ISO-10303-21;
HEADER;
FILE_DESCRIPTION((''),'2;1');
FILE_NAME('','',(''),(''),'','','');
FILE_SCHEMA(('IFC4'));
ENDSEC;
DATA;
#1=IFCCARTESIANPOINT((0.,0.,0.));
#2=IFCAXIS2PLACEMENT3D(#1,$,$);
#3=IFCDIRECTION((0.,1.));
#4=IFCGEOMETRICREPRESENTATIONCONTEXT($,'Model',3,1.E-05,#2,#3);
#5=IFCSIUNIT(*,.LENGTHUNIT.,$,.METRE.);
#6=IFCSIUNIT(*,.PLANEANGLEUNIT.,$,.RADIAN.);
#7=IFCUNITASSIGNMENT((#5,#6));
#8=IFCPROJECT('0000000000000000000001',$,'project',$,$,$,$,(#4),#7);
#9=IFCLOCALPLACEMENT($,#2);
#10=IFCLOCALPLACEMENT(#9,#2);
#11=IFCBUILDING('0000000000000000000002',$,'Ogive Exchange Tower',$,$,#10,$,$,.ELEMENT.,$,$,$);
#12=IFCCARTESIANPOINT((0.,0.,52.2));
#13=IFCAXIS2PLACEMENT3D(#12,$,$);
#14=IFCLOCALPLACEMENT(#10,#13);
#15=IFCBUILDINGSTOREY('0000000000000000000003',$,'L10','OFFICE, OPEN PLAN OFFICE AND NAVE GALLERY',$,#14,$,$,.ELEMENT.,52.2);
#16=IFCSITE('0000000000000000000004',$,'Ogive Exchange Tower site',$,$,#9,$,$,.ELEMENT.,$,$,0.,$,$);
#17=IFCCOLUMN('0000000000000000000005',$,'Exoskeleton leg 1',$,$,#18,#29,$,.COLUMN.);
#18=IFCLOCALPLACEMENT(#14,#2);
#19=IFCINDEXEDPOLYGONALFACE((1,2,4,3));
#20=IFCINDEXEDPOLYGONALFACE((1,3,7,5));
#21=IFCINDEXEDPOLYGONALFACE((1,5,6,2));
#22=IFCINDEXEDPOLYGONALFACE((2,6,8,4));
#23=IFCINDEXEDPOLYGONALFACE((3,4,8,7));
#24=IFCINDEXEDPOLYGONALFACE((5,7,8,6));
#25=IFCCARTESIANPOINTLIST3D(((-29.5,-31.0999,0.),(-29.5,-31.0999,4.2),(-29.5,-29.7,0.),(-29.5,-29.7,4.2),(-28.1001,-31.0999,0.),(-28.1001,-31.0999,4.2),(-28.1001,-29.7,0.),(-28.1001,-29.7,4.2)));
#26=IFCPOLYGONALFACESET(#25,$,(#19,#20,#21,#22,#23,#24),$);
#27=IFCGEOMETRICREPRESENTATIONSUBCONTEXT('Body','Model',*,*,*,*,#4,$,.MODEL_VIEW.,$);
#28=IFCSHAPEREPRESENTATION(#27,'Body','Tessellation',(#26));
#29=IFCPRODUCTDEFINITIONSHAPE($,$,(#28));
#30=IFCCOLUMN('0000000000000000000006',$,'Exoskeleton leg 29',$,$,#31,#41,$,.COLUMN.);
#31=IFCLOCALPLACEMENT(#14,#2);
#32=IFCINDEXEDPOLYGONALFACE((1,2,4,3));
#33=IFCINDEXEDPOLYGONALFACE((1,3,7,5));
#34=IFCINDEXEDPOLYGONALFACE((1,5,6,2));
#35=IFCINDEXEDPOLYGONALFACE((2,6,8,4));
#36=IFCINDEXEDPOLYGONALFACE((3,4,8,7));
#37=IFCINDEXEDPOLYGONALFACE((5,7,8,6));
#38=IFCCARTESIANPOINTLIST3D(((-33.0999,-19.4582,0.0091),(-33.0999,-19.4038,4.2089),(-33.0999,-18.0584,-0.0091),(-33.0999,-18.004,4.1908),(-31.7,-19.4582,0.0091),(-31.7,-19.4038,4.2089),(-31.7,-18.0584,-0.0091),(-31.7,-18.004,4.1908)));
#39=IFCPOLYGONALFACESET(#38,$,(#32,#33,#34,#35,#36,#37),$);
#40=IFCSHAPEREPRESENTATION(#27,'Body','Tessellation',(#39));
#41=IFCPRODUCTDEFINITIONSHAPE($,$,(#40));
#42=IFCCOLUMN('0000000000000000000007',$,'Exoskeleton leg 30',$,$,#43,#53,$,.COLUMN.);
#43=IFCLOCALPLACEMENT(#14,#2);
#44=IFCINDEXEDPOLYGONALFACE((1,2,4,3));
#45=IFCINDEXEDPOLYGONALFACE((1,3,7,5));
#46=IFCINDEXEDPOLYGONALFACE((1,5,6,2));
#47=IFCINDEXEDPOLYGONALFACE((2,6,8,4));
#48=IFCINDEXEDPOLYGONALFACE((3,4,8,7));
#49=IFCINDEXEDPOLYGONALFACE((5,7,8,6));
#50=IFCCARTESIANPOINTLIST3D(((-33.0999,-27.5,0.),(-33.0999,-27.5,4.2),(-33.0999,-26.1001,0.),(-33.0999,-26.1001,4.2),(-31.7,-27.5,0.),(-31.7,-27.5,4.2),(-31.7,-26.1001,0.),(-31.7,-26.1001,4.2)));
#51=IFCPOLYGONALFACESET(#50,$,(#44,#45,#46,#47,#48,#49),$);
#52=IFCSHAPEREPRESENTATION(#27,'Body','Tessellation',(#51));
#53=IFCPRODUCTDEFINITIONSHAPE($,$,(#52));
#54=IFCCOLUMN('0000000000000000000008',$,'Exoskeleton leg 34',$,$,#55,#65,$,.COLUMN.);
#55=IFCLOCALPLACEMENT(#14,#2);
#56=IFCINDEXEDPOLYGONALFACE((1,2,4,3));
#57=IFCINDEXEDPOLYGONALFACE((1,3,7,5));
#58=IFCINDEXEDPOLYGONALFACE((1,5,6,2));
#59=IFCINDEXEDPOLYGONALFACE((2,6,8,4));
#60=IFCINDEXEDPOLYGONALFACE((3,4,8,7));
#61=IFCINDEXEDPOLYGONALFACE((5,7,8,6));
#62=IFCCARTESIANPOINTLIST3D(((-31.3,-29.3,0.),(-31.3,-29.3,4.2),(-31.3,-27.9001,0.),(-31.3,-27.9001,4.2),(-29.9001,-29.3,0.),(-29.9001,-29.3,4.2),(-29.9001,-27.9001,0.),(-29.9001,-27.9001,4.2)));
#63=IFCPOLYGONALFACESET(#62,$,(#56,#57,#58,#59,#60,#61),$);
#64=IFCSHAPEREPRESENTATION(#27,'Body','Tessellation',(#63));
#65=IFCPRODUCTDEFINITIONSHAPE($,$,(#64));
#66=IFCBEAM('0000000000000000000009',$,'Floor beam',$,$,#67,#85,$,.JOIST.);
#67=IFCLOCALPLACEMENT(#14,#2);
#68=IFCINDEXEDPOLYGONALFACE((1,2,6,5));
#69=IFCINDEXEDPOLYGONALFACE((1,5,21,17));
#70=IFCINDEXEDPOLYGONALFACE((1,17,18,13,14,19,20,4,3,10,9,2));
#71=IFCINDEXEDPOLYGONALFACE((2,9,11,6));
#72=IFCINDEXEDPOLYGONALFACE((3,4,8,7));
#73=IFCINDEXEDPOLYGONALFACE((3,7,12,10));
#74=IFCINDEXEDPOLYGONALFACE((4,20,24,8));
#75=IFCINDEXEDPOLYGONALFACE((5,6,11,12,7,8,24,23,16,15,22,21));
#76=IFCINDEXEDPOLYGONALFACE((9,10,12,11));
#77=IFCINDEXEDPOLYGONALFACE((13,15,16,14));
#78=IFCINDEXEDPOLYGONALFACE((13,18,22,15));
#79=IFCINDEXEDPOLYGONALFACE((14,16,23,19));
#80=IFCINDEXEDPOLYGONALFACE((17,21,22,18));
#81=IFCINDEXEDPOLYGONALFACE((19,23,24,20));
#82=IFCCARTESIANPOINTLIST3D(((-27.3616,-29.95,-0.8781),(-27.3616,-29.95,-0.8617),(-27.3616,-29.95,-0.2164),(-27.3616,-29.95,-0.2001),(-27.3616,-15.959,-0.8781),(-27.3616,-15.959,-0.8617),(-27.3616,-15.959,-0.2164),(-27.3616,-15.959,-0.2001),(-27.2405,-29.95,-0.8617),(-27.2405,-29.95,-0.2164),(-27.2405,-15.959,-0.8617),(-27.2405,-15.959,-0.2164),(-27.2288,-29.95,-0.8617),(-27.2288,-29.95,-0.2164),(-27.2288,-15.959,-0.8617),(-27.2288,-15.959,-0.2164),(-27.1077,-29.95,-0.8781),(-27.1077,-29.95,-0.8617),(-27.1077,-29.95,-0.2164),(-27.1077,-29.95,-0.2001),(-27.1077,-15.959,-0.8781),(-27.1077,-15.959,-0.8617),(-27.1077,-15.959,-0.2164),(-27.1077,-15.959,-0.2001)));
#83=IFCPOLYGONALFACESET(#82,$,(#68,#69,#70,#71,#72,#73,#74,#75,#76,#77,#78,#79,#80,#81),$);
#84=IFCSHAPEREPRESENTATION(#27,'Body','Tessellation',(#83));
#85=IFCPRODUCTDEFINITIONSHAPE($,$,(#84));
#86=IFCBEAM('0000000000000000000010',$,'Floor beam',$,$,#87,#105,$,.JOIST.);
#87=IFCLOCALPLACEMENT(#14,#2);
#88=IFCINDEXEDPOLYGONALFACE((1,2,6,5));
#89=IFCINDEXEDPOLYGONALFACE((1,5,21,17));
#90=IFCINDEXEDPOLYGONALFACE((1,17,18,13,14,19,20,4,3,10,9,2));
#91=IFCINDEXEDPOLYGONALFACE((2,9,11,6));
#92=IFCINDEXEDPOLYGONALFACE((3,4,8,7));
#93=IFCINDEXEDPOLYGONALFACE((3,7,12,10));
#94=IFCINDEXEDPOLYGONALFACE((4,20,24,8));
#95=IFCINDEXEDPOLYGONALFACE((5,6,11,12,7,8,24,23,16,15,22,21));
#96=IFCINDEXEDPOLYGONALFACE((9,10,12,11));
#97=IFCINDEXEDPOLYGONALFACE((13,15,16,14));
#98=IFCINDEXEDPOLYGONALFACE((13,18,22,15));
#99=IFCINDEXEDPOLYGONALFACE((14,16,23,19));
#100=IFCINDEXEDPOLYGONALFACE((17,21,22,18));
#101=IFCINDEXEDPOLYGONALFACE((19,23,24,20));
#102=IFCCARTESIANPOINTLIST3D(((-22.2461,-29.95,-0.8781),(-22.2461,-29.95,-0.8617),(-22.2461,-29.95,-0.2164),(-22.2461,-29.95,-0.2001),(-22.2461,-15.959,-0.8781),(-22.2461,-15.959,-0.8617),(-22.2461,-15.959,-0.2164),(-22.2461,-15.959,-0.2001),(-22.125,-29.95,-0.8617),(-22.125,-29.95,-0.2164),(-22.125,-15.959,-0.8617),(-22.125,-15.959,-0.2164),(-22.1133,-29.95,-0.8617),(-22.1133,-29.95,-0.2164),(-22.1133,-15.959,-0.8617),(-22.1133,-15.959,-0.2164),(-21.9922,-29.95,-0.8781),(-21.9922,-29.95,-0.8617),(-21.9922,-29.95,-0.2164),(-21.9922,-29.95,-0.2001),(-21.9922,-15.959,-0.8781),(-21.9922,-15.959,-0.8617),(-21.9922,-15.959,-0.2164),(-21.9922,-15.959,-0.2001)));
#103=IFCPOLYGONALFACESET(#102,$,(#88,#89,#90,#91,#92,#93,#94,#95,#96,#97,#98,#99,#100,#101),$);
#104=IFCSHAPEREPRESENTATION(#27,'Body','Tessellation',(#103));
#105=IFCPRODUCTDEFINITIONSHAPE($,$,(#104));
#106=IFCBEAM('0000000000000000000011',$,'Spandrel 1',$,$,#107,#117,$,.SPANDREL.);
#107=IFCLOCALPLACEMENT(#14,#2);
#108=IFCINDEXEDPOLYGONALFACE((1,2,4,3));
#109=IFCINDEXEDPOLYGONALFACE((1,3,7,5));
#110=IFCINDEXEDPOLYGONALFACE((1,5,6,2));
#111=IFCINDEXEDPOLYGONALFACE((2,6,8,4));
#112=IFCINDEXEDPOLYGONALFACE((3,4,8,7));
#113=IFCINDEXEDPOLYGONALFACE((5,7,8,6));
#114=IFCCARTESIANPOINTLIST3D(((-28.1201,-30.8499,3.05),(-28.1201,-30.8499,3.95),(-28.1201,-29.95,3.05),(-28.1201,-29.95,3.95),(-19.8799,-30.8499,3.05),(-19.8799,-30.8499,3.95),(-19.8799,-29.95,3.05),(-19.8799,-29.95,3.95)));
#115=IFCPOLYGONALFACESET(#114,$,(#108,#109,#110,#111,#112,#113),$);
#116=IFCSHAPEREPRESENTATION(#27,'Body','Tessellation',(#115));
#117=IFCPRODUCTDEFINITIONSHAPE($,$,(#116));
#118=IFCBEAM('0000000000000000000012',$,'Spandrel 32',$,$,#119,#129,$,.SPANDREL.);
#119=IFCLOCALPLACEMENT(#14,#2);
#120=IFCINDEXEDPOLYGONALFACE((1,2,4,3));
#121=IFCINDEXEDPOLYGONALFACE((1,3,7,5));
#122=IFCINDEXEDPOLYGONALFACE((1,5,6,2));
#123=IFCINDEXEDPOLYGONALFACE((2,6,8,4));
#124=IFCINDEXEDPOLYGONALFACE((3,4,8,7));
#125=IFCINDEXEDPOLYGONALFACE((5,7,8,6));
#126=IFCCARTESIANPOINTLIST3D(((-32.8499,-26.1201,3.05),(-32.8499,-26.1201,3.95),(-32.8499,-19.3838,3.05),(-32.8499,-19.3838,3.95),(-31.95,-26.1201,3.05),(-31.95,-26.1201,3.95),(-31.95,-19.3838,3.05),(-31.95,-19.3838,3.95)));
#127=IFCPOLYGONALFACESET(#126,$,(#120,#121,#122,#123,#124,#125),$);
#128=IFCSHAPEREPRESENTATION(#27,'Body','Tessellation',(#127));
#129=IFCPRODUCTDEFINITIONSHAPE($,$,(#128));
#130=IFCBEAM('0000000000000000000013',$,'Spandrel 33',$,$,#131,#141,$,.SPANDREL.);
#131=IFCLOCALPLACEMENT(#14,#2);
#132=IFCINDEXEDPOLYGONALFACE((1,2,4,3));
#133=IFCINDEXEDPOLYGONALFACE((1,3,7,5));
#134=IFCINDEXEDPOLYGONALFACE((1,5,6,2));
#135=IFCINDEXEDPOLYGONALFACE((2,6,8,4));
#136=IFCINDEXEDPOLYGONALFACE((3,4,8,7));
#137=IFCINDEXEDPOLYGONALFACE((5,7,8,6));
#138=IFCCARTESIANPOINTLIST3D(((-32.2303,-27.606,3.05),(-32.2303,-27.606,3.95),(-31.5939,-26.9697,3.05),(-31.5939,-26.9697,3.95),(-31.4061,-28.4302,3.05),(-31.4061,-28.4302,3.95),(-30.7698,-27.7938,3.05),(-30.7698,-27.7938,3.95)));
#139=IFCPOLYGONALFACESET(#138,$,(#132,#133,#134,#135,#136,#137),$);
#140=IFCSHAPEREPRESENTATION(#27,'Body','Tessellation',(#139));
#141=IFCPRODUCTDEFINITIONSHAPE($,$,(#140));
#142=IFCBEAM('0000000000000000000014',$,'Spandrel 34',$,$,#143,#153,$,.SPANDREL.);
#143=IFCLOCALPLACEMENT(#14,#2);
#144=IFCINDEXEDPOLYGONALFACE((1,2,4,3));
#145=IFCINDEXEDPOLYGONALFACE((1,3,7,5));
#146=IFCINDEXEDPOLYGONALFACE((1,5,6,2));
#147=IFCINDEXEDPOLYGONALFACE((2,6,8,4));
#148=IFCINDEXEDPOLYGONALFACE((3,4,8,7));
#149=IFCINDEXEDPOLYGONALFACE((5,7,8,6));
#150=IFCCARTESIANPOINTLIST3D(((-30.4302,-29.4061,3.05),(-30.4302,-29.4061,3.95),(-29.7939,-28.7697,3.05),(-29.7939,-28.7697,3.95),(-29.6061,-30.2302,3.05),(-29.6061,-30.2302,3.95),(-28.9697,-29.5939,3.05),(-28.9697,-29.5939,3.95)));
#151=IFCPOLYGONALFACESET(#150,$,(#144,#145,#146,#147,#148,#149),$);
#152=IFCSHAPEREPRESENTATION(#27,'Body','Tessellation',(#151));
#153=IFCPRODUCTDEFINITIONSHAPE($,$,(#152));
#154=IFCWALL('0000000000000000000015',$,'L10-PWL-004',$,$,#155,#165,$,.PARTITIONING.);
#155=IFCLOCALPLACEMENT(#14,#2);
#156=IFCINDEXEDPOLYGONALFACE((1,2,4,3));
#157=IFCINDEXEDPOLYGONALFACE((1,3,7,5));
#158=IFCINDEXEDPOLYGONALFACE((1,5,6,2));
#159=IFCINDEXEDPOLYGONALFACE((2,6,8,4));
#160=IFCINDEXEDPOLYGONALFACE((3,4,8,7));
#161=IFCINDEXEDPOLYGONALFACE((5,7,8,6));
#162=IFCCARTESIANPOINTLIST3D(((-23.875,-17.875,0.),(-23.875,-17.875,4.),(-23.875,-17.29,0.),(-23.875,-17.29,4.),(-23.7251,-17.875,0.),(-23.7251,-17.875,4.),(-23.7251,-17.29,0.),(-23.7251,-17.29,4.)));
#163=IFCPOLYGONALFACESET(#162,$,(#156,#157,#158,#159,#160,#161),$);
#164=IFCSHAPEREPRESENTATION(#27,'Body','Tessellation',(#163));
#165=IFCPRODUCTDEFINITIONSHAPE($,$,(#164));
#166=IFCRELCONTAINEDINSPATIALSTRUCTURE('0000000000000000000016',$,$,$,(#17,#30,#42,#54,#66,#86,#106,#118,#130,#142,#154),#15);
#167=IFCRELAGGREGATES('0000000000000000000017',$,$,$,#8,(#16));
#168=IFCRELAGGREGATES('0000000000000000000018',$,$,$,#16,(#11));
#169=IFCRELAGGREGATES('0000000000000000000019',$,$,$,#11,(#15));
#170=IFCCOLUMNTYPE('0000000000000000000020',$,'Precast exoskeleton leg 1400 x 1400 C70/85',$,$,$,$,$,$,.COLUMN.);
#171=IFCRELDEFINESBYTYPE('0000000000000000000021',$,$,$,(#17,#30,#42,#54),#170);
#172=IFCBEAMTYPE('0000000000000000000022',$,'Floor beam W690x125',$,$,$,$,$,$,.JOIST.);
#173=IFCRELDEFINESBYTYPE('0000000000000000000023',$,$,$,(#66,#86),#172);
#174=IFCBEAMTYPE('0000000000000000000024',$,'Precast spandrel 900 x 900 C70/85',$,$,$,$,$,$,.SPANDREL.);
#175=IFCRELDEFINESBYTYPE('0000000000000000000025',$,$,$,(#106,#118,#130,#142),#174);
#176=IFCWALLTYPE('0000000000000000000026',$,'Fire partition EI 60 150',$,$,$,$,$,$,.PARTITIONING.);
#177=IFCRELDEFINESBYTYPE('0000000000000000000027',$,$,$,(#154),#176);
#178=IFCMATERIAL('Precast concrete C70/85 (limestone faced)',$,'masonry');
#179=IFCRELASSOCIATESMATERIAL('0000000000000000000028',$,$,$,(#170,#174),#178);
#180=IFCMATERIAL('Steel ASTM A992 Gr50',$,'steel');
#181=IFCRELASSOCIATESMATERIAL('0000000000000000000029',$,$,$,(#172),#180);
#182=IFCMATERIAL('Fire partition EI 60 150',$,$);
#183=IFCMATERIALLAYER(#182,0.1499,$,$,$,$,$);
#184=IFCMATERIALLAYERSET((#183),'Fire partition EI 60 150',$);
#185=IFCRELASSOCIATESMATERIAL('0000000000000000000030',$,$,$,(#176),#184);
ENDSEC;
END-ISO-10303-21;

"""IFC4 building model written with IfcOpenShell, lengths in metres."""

from ifc_helpers import new_model, si_unit, direction, frame, frame_2d, origin, origin_2d, place, context, subcontext, project, spatial, rectangle, i_section, extrude, material, layer, layer_set, material_profile, profile_set, type_object, element, save


model = new_model("IFC4")

# Units and contexts
model_context = context("Model", 3, precision=1e-05, world=origin(), true_north=direction((0.0, 1.0)))
body_context = subcontext(model_context, "Body", "Model", "MODEL_VIEW")
ifc_project = project(units=[si_unit("LENGTHUNIT", "METRE"), si_unit("PLANEANGLEUNIT", "RADIAN")], contexts=[model_context])

# Site, building, storey
site_placement = place(None, origin())
site = spatial("IfcSite", under=ifc_project, at=site_placement, Name="Ogive Exchange Tower site", CompositionType="ELEMENT", RefElevation=0.0)
building_placement = place(site_placement, origin())
building = spatial("IfcBuilding", under=site, at=building_placement, Name="Ogive Exchange Tower", CompositionType="ELEMENT")
storey_placement = place(building_placement, frame((0.0, 0.0, 52.2)))
storey = spatial("IfcBuildingStorey", under=building, at=storey_placement, Name="L10", Description="OFFICE, OPEN PLAN OFFICE AND NAVE GALLERY", CompositionType="ELEMENT", Elevation=52.2)

# Columns
ifc_material_1 = material(Name="Precast concrete C70/85 (limestone faced)", Category="masonry")
ifc_material_profile_1 = material_profile(ifc_material_1, rectangle(XDim=1.3999, YDim=1.3999, at=origin_2d()), Name="1400 x 1400")
ifc_profile_set_1 = profile_set([ifc_material_profile_1], Name="Precast concrete C70/85 (limestone faced)")
column_type = type_object("IfcColumnType", Name="Precast exoskeleton leg 1400 x 1400 C70/85", PredefinedType="COLUMN", material=ifc_profile_set_1)
column_1_placement = place(storey_placement, frame((-28.8, -30.3999, 0.0), z_axis=(0.0, 0.0, 1.0), x_axis=(1.0, 0.0, 0.0)))
element("IfcColumn", 1, at=column_1_placement, inside=storey, type_object=column_type, Name="Exoskeleton leg 1", PredefinedType="COLUMN", context=body_context, shape_type="SweptSolid", body=[
    extrude(rectangle(XDim=1.3999, YDim=1.3999, at=origin_2d()), origin(), (0.0, 0.0, 1.0), 4.2),
])
column_2_placement = place(storey_placement, frame((-32.3999, -18.7583, 0.0), z_axis=(0.0, 0.012962, 0.999916), x_axis=(-1.0, 0.0, 0.0)))
element("IfcColumn", 2, at=column_2_placement, inside=storey, type_object=column_type, Name="Exoskeleton leg 29", PredefinedType="COLUMN", context=body_context, shape_type="SweptSolid", body=[
    extrude(rectangle(XDim=1.3999, YDim=1.3999, at=origin_2d()), origin(), (0.0, 0.0, 1.0), 4.2002),
])
for number, where, z_axis, x_axis, name in (
    (3, (-32.3999, -26.8, 0.0), (0.0, 0.0, 1.0), (1.0, 0.0, 0.0), "Exoskeleton leg 30"),
    (4, (-30.6001, -28.6001, 0.0), (0.0, 0.0, 1.0), (1.0, 0.0, 0.0), "Exoskeleton leg 34"),
):
    element("IfcColumn", number, at=place(storey_placement, frame(where, z_axis=z_axis, x_axis=x_axis)), inside=storey, type_object=column_type, Name=name, PredefinedType="COLUMN", context=body_context, shape_type="SweptSolid", body=[
        extrude(rectangle(XDim=1.3999, YDim=1.3999, at=origin_2d()), origin(), (0.0, 0.0, 1.0), 4.2),
    ])

# Beams
ifc_material_2 = material(Name="Steel ASTM A992 Gr50", Category="steel")
ifc_material_profile_2 = material_profile(ifc_material_2, i_section(OverallWidth=0.2539, OverallDepth=0.678, WebThickness=0.0117, FlangeThickness=0.0164, at=origin_2d()), Name="W690x125")
ifc_profile_set_2 = profile_set([ifc_material_profile_2], Name="Steel ASTM A992 Gr50")
beam_type_1 = type_object("IfcBeamType", Name="Floor beam W690x125", PredefinedType="JOIST", material=ifc_profile_set_2)
for number, where, z_axis, x_axis, name in (
    (5, (-27.2346, -29.95, -0.5391), (0.0, 1.0, 0.0), (-1.0, 0.0, 0.0), "Floor beam"),
    (6, (-22.1191, -29.95, -0.5391), (0.0, 1.0, 0.0), (-1.0, 0.0, 0.0), "Floor beam"),
):
    element("IfcBeam", number, at=place(storey_placement, frame(where, z_axis=z_axis, x_axis=x_axis)), inside=storey, type_object=beam_type_1, Name=name, PredefinedType="JOIST", context=body_context, shape_type="SweptSolid", body=[
        extrude(i_section(OverallWidth=0.2539, OverallDepth=0.678, WebThickness=0.0117, FlangeThickness=0.0164, at=origin_2d()), origin(), (0.0, 0.0, 1.0), 13.991),
    ])
ifc_material_profile_3 = material_profile(ifc_material_1, rectangle(XDim=0.8999, YDim=0.8999, at=origin_2d()), Name="900 x 900")
ifc_profile_set_3 = profile_set([ifc_material_profile_3], Name="Precast concrete C70/85 (limestone faced)")
beam_type_2 = type_object("IfcBeamType", Name="Precast spandrel 900 x 900 C70/85", PredefinedType="SPANDREL", material=ifc_profile_set_3)
beam_1_placement = place(storey_placement, frame((-28.1201, -30.3999, 3.5), z_axis=(1.0, 0.0, 0.0), x_axis=(0.0, 1.0, 0.0)))
element("IfcBeam", 7, at=beam_1_placement, inside=storey, type_object=beam_type_2, Name="Spandrel 1", PredefinedType="SPANDREL", context=body_context, shape_type="SweptSolid", body=[
    extrude(rectangle(XDim=0.8999, YDim=0.8999, at=origin_2d()), origin(), (0.0, 0.0, 1.0), 8.2402),
])
beam_2_placement = place(storey_placement, frame((-32.3999, -19.3838, 3.5), z_axis=(0.0, -1.0, 0.0), x_axis=(1.0, 0.0, 0.0)))
element("IfcBeam", 8, at=beam_2_placement, inside=storey, type_object=beam_type_2, Name="Spandrel 32", PredefinedType="SPANDREL", context=body_context, shape_type="SweptSolid", body=[
    extrude(rectangle(XDim=0.8999, YDim=0.8999, at=origin_2d()), origin(), (0.0, 0.0, 1.0), 6.7363),
])
for number, where, z_axis, x_axis, name in (
    (9, (-31.9121, -27.2878, 3.5), (0.707107, -0.707107, 0.0), (0.707107, 0.707107, 0.0), "Spandrel 33"),
    (10, (-30.1121, -29.0879, 3.5), (0.707107, -0.707107, 0.0), (0.707107, 0.707107, 0.0), "Spandrel 34"),
):
    element("IfcBeam", number, at=place(storey_placement, frame(where, z_axis=z_axis, x_axis=x_axis)), inside=storey, type_object=beam_type_2, Name=name, PredefinedType="SPANDREL", context=body_context, shape_type="SweptSolid", body=[
        extrude(rectangle(XDim=0.8999, YDim=0.8999, at=origin_2d()), origin(), (0.0, 0.0, 1.0), 1.1655),
    ])

# Wall
ifc_material_3 = material(Name="Fire partition EI 60 150")
ifc_layer_1 = layer(ifc_material_3, 0.1499)
ifc_layer_set_1 = layer_set([ifc_layer_1], Name="Fire partition EI 60 150")
wall_type_1 = type_object("IfcWallType", Name="Fire partition EI 60 150", PredefinedType="PARTITIONING", material=ifc_layer_set_1)
wall_1_placement = place(storey_placement, frame((-23.8, -17.875, 0.0), z_axis=(0.0, 0.0, 1.0), x_axis=(0.0, 1.0, 0.0)))
element("IfcWall", 11, at=wall_1_placement, inside=storey, type_object=wall_type_1, Name="L10-PWL-004", PredefinedType="PARTITIONING", context=body_context, shape_type="SweptSolid", body=[
    extrude(rectangle(XDim=0.585, YDim=0.1499, at=frame_2d((0.2925, 0.0))), origin(), (0.0, 0.0, 1.0), 4.0),
])

save(model, "model.ifc")
